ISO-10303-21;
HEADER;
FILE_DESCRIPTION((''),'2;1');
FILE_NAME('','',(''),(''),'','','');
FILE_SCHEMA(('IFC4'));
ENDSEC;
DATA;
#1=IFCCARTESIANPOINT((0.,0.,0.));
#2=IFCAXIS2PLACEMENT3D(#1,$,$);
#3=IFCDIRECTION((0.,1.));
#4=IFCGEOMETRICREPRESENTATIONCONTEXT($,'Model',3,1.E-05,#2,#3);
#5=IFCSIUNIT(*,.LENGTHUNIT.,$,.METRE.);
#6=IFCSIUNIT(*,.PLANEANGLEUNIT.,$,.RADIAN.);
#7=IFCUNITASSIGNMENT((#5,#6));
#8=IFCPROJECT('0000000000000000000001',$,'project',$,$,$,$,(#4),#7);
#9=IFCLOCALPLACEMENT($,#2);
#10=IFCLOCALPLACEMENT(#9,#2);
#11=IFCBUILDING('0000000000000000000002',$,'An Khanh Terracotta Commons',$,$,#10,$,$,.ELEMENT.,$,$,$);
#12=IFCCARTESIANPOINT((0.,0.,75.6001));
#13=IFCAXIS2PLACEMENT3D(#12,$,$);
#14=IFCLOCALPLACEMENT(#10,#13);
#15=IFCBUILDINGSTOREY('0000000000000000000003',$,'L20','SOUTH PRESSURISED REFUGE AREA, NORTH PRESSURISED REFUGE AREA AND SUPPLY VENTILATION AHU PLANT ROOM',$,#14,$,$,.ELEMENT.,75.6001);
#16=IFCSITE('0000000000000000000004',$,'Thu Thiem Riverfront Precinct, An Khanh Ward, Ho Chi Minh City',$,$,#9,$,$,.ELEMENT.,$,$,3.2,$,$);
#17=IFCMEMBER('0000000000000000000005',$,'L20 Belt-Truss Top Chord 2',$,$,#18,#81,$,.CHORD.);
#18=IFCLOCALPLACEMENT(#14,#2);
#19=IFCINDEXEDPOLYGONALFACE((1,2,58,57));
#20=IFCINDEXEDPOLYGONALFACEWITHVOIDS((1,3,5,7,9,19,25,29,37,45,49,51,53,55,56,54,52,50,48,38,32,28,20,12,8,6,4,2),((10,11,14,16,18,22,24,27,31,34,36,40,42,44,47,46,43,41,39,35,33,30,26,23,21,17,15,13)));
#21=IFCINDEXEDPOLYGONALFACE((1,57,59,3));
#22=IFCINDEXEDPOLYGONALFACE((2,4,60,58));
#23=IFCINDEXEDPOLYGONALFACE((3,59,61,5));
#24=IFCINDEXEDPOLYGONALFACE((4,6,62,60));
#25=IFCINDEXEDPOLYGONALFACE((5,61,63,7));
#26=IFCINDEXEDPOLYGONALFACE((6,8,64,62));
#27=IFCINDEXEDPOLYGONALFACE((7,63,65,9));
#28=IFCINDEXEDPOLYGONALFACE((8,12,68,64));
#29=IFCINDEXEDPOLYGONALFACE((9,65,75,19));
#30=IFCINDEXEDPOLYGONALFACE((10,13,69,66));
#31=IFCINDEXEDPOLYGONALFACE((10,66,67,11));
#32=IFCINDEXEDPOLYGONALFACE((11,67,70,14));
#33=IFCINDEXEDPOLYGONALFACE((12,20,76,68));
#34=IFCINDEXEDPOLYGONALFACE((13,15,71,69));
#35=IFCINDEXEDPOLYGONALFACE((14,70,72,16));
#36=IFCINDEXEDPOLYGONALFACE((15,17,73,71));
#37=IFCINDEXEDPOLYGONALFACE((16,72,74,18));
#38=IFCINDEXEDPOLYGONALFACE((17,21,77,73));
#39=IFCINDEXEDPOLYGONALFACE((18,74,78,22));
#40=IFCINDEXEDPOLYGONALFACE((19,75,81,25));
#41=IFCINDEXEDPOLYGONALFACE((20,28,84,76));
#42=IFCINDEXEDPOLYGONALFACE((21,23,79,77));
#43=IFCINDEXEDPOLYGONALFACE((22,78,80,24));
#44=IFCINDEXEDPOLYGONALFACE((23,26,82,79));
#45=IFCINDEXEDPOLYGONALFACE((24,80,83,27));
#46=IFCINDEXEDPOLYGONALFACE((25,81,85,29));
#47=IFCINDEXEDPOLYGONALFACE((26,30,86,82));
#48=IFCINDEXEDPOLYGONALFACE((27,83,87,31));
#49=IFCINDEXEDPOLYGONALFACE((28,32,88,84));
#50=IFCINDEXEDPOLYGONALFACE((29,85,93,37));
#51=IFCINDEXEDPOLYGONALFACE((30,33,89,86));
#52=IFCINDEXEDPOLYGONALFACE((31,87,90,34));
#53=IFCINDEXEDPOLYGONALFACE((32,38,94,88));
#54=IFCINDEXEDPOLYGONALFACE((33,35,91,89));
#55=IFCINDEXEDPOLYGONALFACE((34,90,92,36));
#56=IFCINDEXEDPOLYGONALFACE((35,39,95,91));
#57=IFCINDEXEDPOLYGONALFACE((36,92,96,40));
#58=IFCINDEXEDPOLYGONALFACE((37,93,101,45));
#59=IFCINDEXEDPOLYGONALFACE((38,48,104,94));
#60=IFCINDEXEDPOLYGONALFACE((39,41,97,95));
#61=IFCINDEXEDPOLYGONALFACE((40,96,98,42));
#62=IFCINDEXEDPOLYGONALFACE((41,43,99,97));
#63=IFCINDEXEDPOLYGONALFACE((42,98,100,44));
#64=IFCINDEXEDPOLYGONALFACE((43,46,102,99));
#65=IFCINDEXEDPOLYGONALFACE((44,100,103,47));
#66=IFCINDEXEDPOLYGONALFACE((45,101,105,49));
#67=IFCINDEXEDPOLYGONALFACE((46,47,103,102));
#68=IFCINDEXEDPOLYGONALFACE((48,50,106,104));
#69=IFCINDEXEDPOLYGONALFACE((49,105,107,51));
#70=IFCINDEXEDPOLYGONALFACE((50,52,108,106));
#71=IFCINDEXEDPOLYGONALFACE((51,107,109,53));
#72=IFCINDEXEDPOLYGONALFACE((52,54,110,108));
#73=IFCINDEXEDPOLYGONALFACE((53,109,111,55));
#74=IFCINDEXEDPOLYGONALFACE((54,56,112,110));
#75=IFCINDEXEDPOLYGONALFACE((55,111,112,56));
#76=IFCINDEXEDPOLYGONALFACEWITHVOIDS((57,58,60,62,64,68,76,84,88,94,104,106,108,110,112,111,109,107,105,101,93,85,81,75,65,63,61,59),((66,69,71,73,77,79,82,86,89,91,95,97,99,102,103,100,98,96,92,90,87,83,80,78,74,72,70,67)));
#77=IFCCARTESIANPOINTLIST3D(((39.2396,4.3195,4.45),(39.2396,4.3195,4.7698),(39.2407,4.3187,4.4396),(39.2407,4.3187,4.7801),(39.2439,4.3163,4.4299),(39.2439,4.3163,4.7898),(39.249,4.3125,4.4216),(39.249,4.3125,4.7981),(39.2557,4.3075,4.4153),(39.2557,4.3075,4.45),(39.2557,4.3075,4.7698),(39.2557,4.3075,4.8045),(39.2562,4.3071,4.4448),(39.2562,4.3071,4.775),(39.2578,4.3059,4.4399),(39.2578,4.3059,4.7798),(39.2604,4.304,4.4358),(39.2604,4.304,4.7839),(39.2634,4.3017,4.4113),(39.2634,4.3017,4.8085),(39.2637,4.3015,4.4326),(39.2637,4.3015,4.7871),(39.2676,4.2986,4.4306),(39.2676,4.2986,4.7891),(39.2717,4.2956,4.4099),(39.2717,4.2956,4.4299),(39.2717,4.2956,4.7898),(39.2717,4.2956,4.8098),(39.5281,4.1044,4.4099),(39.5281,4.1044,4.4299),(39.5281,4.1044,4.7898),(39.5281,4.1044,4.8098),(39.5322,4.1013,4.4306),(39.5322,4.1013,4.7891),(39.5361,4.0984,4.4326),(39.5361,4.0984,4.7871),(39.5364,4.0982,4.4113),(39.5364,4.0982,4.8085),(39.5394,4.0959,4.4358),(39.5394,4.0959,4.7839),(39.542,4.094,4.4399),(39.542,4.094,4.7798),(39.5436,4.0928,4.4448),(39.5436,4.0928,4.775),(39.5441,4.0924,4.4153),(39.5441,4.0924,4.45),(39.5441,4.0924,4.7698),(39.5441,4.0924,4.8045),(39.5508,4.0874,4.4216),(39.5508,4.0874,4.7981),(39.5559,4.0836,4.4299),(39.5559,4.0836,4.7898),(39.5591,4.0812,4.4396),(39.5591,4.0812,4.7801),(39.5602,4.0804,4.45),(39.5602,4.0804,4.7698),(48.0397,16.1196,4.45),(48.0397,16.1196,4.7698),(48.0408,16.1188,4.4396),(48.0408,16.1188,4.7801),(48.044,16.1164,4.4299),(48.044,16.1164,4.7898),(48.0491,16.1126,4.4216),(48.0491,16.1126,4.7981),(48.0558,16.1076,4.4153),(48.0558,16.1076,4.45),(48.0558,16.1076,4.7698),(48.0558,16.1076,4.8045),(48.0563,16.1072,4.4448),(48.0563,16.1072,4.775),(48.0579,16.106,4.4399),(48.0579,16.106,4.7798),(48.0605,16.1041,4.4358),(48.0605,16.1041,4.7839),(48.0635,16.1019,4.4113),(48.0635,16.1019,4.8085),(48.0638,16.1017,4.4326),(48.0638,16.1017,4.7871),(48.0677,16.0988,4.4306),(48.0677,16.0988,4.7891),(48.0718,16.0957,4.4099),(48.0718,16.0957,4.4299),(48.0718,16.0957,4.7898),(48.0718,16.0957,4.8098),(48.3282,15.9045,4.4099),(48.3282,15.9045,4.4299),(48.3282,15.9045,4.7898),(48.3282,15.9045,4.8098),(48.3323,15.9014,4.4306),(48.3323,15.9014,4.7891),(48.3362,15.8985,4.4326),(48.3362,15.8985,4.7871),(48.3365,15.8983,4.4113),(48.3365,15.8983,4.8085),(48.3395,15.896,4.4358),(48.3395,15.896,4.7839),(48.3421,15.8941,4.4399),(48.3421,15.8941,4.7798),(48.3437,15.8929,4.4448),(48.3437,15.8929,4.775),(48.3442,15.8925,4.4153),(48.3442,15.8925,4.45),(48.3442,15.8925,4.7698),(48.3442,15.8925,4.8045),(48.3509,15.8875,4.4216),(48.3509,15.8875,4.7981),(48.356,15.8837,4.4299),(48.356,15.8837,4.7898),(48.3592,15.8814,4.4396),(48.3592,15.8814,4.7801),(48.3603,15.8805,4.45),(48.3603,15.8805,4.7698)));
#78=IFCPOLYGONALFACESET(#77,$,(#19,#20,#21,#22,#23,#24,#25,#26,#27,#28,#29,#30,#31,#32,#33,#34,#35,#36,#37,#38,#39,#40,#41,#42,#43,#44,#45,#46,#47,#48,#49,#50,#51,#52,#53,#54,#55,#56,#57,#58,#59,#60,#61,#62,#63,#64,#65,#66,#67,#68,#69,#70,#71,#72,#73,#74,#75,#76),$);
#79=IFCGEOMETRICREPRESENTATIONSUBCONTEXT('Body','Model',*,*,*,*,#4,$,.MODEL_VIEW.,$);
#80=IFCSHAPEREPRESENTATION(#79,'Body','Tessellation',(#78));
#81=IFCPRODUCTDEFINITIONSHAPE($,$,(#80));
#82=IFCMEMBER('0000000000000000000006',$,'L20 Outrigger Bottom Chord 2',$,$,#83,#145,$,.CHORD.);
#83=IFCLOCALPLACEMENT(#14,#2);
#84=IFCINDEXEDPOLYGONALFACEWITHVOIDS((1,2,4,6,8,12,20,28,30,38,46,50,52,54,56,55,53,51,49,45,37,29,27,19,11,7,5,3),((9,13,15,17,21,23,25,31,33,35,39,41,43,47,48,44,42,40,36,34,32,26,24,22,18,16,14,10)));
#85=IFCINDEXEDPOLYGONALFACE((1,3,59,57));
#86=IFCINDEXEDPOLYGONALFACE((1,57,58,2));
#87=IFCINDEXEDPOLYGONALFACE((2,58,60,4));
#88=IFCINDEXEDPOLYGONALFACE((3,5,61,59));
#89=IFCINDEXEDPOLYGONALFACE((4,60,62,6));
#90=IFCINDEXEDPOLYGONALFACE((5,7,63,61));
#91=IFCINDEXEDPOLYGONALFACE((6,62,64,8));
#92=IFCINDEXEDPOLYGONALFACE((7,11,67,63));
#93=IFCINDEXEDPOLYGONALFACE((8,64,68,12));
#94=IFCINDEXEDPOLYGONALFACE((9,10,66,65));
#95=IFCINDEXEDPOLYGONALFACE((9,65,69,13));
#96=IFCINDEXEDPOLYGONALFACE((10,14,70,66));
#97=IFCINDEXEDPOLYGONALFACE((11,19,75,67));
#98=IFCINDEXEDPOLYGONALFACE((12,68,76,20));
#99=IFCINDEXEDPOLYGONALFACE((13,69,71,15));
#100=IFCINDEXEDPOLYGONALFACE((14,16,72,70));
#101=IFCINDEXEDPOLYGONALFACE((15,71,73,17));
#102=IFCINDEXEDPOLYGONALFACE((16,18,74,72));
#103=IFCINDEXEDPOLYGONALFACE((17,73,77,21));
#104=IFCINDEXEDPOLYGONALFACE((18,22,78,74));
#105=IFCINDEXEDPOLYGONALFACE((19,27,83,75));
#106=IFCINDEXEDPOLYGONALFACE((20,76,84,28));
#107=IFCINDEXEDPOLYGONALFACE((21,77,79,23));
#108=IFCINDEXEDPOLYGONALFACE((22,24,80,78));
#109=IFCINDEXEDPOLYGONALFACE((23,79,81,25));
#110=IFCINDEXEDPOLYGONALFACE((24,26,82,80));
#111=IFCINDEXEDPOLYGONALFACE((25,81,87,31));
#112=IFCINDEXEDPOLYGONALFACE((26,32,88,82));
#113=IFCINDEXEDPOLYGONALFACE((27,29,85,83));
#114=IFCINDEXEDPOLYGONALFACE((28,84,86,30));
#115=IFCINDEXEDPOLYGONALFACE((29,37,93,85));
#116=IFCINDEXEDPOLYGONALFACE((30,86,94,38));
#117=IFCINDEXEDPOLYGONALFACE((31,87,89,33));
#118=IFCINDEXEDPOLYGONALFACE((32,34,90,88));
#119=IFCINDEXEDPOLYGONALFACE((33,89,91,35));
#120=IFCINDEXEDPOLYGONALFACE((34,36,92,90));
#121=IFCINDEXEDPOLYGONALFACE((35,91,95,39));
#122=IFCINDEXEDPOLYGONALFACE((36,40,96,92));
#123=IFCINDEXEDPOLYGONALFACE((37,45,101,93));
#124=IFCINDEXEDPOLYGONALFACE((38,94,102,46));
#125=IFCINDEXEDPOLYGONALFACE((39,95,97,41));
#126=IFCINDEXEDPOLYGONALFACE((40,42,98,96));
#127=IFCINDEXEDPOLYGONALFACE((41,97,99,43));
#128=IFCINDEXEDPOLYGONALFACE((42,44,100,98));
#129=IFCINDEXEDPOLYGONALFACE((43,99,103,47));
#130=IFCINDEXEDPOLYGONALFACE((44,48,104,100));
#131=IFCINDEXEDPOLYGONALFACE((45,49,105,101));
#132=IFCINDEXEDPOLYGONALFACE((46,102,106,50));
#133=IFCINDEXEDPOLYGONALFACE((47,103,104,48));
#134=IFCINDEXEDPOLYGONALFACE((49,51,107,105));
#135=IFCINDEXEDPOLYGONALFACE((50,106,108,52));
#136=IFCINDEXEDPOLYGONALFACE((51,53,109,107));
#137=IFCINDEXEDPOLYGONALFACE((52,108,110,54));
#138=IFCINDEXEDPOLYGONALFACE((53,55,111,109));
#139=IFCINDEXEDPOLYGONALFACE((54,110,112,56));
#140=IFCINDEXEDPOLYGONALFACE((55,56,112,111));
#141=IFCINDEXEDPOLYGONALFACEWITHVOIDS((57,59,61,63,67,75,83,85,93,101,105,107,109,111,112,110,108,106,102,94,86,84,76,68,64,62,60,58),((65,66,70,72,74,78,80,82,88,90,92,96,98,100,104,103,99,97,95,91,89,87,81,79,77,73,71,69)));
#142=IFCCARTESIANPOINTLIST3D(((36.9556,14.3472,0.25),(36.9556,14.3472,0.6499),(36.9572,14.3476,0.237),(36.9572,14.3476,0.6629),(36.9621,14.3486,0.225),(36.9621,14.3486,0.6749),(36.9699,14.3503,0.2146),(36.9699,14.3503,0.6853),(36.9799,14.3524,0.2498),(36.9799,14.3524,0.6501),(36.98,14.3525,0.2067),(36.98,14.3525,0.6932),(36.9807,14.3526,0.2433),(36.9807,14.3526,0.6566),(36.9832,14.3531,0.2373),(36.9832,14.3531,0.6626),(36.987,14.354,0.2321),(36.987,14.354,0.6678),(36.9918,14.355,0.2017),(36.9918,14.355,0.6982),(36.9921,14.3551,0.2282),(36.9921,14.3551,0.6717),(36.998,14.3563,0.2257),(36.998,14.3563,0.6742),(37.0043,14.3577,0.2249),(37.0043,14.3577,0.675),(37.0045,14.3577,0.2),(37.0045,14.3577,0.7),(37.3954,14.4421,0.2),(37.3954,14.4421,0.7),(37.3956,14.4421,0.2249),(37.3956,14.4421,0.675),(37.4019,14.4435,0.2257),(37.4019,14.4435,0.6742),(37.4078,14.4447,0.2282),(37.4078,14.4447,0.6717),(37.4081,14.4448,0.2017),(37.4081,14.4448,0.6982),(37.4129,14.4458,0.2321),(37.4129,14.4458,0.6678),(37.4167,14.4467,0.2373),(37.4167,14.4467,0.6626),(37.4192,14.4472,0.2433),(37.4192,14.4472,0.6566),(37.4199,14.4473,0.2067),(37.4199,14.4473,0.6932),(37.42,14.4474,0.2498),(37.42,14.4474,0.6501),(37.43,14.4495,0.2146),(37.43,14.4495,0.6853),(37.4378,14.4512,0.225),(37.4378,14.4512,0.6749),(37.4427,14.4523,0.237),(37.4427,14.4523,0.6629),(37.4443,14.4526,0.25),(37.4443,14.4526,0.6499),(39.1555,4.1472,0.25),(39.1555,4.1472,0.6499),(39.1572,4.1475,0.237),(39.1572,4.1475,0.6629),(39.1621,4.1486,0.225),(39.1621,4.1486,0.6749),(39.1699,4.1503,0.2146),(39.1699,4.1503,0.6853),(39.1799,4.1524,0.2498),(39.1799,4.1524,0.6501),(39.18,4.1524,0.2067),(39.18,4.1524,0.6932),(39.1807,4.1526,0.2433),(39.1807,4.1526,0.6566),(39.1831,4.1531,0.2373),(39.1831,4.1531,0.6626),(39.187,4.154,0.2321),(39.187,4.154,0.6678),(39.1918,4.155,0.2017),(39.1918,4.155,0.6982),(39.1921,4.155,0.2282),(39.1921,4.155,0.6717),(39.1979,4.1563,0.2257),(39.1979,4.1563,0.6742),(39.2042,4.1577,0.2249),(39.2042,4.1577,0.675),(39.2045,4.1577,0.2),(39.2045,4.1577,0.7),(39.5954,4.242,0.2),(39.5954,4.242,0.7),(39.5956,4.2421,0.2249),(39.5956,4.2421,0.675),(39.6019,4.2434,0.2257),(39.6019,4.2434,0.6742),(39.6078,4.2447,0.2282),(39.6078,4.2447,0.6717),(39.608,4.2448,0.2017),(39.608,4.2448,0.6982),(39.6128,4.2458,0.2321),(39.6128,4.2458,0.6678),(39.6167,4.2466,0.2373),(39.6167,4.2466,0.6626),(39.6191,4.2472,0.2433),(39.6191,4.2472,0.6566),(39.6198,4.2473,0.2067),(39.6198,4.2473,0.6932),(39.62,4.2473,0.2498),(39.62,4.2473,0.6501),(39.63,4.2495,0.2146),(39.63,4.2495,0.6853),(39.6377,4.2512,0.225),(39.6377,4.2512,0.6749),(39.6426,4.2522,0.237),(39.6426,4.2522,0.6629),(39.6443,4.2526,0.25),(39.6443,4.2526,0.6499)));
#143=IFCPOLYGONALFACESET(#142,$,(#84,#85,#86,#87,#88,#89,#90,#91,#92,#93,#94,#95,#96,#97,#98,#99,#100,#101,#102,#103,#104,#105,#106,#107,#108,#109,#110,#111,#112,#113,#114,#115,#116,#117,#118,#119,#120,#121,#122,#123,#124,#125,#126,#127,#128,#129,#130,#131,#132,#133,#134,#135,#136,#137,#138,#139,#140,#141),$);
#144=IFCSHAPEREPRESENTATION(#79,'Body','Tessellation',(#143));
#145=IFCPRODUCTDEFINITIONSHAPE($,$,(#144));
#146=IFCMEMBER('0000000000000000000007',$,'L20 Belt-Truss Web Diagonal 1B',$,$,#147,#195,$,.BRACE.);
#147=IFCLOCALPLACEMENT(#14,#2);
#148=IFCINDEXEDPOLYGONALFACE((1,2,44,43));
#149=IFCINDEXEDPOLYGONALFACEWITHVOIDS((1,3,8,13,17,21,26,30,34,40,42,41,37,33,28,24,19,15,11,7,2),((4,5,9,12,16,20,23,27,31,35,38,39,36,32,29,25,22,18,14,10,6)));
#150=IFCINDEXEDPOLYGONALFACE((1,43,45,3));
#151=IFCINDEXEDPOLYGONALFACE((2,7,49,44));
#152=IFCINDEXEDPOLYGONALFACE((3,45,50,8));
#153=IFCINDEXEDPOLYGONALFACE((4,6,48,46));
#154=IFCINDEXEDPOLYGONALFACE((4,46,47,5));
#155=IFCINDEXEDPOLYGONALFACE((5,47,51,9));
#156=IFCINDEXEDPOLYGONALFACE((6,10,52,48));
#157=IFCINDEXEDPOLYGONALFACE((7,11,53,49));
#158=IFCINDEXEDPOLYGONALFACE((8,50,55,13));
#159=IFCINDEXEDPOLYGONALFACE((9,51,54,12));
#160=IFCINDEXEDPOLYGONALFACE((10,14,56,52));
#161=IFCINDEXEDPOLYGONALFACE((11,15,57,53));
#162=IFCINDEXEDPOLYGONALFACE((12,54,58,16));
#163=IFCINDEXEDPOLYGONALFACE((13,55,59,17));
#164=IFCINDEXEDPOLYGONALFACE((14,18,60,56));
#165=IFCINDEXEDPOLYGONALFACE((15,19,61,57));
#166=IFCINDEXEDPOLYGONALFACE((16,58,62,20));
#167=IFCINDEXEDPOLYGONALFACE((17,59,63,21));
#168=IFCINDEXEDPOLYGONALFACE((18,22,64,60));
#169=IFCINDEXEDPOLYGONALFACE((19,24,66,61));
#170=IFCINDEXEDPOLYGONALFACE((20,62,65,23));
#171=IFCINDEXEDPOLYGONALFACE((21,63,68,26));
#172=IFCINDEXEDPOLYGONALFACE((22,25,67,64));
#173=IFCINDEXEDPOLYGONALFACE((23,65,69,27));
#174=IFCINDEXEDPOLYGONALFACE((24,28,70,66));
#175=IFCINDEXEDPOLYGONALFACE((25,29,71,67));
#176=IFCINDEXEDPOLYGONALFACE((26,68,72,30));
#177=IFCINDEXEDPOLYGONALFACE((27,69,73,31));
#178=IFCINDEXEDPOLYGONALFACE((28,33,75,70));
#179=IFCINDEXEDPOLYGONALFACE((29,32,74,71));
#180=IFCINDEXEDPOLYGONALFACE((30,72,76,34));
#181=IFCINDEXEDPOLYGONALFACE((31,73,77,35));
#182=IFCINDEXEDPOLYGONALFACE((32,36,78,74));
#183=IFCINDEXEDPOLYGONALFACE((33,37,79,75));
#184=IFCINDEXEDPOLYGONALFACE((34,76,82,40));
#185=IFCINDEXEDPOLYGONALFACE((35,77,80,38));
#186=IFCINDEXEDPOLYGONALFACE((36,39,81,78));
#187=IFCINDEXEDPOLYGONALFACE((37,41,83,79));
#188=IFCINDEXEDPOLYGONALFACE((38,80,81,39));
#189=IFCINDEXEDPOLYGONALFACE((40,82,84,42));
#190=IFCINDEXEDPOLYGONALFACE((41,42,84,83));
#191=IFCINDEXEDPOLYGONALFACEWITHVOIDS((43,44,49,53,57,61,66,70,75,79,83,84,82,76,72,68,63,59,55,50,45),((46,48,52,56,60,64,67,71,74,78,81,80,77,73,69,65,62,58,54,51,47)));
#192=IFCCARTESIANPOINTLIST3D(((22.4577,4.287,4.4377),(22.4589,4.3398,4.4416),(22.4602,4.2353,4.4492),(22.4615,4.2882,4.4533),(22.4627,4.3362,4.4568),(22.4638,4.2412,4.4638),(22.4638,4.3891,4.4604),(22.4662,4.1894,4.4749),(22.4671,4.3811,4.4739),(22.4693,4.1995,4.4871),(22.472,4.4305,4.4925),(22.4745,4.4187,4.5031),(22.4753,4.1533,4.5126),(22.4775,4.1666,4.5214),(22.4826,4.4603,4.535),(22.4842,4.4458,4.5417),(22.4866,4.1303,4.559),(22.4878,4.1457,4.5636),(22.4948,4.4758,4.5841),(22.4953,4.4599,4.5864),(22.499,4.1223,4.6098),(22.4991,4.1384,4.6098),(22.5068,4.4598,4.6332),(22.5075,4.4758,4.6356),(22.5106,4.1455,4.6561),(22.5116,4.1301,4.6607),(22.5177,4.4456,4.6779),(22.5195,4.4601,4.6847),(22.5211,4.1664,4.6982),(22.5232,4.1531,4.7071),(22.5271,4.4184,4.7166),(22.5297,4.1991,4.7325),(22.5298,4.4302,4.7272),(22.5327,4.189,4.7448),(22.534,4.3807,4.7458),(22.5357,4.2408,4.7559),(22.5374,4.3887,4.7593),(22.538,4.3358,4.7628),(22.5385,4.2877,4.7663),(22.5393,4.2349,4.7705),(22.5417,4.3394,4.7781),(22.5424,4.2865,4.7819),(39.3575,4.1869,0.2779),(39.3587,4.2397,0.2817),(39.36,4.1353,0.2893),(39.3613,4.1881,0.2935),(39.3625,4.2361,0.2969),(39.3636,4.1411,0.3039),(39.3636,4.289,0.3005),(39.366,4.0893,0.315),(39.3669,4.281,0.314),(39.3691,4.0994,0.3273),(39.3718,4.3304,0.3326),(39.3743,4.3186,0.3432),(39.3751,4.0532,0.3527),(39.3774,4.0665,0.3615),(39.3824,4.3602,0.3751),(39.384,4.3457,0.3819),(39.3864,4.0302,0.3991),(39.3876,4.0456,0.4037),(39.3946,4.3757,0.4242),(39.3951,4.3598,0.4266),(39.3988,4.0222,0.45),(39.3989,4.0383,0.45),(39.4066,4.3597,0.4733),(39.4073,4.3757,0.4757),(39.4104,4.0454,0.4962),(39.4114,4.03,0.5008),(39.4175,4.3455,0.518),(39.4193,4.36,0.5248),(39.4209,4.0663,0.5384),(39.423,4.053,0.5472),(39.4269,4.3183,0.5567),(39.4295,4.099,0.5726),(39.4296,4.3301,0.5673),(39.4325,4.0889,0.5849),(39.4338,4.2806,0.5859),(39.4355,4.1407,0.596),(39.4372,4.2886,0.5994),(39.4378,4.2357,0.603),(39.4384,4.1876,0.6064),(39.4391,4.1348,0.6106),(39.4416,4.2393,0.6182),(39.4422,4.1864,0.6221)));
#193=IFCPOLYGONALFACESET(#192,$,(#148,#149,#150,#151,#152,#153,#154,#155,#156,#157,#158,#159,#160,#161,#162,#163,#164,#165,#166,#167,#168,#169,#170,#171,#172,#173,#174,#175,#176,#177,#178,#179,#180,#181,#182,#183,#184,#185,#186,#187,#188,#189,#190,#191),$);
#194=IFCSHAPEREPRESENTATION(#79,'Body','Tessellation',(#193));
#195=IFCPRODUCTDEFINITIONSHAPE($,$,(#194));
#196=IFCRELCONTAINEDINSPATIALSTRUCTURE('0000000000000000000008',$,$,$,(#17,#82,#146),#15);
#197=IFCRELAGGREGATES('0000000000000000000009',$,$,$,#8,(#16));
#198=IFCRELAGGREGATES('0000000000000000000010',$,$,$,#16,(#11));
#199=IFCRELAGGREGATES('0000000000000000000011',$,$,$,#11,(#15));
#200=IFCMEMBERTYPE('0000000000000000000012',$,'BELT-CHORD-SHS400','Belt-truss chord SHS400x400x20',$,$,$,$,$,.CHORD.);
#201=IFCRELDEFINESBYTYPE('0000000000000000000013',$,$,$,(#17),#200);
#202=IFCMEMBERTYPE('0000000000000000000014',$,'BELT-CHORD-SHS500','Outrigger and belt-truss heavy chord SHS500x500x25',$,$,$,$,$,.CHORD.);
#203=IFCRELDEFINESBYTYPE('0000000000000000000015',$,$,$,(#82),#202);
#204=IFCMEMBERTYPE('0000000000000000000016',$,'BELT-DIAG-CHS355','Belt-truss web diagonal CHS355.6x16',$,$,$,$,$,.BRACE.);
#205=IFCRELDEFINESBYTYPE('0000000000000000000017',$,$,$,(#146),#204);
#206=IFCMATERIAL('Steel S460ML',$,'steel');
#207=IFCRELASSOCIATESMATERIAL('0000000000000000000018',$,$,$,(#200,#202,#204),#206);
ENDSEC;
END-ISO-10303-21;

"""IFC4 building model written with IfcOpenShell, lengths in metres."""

from ifc_helpers import new_model, si_unit, direction, frame, origin, origin_2d, place, context, subcontext, project, spatial, hollow_rectangle, hollow_circle, extrude, material, material_profile, profile_set, type_object, element, save


model = new_model("IFC4")

# Units and contexts
model_context = context("Model", 3, precision=1e-05, world=origin(), true_north=direction((0.0, 1.0)))
body_context = subcontext(model_context, "Body", "Model", "MODEL_VIEW")
ifc_project = project(units=[si_unit("LENGTHUNIT", "METRE"), si_unit("PLANEANGLEUNIT", "RADIAN")], contexts=[model_context])

# Site, building, storey
site_placement = place(None, origin())
site = spatial("IfcSite", under=ifc_project, at=site_placement, Name="Thu Thiem Riverfront Precinct, An Khanh Ward, Ho Chi Minh City", CompositionType="ELEMENT", RefElevation=3.2)
building_placement = place(site_placement, origin())
building = spatial("IfcBuilding", under=site, at=building_placement, Name="An Khanh Terracotta Commons", CompositionType="ELEMENT")
storey_placement = place(building_placement, frame((0.0, 0.0, 75.6001)))
storey = spatial("IfcBuildingStorey", under=building, at=storey_placement, Name="L20", Description="SOUTH PRESSURISED REFUGE AREA, NORTH PRESSURISED REFUGE AREA AND SUPPLY VENTILATION AHU PLANT ROOM", CompositionType="ELEMENT", Elevation=75.6001)

# Members
ifc_material_1 = material(Name="Steel S460ML", Category="steel")
ifc_material_profile_1 = material_profile(ifc_material_1, hollow_rectangle(XDim=0.3999, YDim=0.3999, WallThickness=0.02, InnerFilletRadius=0.02, OuterFilletRadius=0.04, at=origin_2d()), Name="SHS400x400x20")
ifc_profile_set_1 = profile_set([ifc_material_profile_1], Name="Steel S460ML")
member_type_1 = type_object("IfcMemberType", Name="BELT-CHORD-SHS400", Description="Belt-truss chord SHS400x400x20", PredefinedType="CHORD", material=ifc_profile_set_1)
for number, where, z_axis, x_axis, name in (
    (1, (39.3999, 4.2, 4.6099), (0.597824, 0.801627, 0.0), (-0.801627, 0.597824, 0.0), "L20 Belt-Truss Top Chord 2"),
):
    element("IfcMember", number, at=place(storey_placement, frame(where, z_axis=z_axis, x_axis=x_axis)), inside=storey, type_object=member_type_1, Name=name, PredefinedType="CHORD", context=body_context, shape_type="SweptSolid", body=[
        extrude(hollow_rectangle(XDim=0.3999, YDim=0.3999, WallThickness=0.02, InnerFilletRadius=0.02, OuterFilletRadius=0.04, at=origin_2d()), origin(), (0.0, 0.0, 1.0), 14.7202),
    ])
ifc_material_profile_2 = material_profile(ifc_material_1, hollow_rectangle(XDim=0.5, YDim=0.5, WallThickness=0.0249, InnerFilletRadius=0.0249, OuterFilletRadius=0.05, at=origin_2d()), Name="SHS500x500x25")
ifc_profile_set_2 = profile_set([ifc_material_profile_2], Name="Steel S460ML")
member_type_2 = type_object("IfcMemberType", Name="BELT-CHORD-SHS500", Description="Outrigger and belt-truss heavy chord SHS500x500x25", PredefinedType="CHORD", material=ifc_profile_set_2)
member_1_placement = place(storey_placement, frame((37.2, 14.3999, 0.45), z_axis=(0.210834, -0.977522, 0.0), x_axis=(0.977522, 0.210834, 0.0)))
element("IfcMember", 2, at=member_1_placement, inside=storey, type_object=member_type_2, Name="L20 Outrigger Bottom Chord 2", PredefinedType="CHORD", context=body_context, shape_type="SweptSolid", body=[
    extrude(hollow_rectangle(XDim=0.5, YDim=0.5, WallThickness=0.0249, InnerFilletRadius=0.0249, OuterFilletRadius=0.05, at=origin_2d()), origin(), (0.0, 0.0, 1.0), 10.4346),
])
ifc_material_profile_3 = material_profile(ifc_material_1, hollow_circle(Radius=0.1777, WallThickness=0.0161, at=origin_2d()), Name="CHS355.6x16")
ifc_profile_set_3 = profile_set([ifc_material_profile_3], Name="Steel S460ML")
member_type_3 = type_object("IfcMemberType", Name="BELT-DIAG-CHS355", Description="Belt-truss web diagonal CHS355.6x16", PredefinedType="BRACE", material=ifc_profile_set_3)
member_2_placement = place(storey_placement, frame((39.3999, 4.2, 0.45), z_axis=(-0.971, 0.005751, 0.239012), x_axis=(-0.005923, -0.999982, 0.0)))
element("IfcMember", 3, at=member_2_placement, inside=storey, type_object=member_type_3, Name="L20 Belt-Truss Web Diagonal 1B", PredefinedType="BRACE", context=body_context, shape_type="SweptSolid", body=[
    extrude(hollow_circle(Radius=0.1777, WallThickness=0.0161, at=origin_2d()), origin(), (0.0, 0.0, 1.0), 17.4045),
])

save(model, "model.ifc")
